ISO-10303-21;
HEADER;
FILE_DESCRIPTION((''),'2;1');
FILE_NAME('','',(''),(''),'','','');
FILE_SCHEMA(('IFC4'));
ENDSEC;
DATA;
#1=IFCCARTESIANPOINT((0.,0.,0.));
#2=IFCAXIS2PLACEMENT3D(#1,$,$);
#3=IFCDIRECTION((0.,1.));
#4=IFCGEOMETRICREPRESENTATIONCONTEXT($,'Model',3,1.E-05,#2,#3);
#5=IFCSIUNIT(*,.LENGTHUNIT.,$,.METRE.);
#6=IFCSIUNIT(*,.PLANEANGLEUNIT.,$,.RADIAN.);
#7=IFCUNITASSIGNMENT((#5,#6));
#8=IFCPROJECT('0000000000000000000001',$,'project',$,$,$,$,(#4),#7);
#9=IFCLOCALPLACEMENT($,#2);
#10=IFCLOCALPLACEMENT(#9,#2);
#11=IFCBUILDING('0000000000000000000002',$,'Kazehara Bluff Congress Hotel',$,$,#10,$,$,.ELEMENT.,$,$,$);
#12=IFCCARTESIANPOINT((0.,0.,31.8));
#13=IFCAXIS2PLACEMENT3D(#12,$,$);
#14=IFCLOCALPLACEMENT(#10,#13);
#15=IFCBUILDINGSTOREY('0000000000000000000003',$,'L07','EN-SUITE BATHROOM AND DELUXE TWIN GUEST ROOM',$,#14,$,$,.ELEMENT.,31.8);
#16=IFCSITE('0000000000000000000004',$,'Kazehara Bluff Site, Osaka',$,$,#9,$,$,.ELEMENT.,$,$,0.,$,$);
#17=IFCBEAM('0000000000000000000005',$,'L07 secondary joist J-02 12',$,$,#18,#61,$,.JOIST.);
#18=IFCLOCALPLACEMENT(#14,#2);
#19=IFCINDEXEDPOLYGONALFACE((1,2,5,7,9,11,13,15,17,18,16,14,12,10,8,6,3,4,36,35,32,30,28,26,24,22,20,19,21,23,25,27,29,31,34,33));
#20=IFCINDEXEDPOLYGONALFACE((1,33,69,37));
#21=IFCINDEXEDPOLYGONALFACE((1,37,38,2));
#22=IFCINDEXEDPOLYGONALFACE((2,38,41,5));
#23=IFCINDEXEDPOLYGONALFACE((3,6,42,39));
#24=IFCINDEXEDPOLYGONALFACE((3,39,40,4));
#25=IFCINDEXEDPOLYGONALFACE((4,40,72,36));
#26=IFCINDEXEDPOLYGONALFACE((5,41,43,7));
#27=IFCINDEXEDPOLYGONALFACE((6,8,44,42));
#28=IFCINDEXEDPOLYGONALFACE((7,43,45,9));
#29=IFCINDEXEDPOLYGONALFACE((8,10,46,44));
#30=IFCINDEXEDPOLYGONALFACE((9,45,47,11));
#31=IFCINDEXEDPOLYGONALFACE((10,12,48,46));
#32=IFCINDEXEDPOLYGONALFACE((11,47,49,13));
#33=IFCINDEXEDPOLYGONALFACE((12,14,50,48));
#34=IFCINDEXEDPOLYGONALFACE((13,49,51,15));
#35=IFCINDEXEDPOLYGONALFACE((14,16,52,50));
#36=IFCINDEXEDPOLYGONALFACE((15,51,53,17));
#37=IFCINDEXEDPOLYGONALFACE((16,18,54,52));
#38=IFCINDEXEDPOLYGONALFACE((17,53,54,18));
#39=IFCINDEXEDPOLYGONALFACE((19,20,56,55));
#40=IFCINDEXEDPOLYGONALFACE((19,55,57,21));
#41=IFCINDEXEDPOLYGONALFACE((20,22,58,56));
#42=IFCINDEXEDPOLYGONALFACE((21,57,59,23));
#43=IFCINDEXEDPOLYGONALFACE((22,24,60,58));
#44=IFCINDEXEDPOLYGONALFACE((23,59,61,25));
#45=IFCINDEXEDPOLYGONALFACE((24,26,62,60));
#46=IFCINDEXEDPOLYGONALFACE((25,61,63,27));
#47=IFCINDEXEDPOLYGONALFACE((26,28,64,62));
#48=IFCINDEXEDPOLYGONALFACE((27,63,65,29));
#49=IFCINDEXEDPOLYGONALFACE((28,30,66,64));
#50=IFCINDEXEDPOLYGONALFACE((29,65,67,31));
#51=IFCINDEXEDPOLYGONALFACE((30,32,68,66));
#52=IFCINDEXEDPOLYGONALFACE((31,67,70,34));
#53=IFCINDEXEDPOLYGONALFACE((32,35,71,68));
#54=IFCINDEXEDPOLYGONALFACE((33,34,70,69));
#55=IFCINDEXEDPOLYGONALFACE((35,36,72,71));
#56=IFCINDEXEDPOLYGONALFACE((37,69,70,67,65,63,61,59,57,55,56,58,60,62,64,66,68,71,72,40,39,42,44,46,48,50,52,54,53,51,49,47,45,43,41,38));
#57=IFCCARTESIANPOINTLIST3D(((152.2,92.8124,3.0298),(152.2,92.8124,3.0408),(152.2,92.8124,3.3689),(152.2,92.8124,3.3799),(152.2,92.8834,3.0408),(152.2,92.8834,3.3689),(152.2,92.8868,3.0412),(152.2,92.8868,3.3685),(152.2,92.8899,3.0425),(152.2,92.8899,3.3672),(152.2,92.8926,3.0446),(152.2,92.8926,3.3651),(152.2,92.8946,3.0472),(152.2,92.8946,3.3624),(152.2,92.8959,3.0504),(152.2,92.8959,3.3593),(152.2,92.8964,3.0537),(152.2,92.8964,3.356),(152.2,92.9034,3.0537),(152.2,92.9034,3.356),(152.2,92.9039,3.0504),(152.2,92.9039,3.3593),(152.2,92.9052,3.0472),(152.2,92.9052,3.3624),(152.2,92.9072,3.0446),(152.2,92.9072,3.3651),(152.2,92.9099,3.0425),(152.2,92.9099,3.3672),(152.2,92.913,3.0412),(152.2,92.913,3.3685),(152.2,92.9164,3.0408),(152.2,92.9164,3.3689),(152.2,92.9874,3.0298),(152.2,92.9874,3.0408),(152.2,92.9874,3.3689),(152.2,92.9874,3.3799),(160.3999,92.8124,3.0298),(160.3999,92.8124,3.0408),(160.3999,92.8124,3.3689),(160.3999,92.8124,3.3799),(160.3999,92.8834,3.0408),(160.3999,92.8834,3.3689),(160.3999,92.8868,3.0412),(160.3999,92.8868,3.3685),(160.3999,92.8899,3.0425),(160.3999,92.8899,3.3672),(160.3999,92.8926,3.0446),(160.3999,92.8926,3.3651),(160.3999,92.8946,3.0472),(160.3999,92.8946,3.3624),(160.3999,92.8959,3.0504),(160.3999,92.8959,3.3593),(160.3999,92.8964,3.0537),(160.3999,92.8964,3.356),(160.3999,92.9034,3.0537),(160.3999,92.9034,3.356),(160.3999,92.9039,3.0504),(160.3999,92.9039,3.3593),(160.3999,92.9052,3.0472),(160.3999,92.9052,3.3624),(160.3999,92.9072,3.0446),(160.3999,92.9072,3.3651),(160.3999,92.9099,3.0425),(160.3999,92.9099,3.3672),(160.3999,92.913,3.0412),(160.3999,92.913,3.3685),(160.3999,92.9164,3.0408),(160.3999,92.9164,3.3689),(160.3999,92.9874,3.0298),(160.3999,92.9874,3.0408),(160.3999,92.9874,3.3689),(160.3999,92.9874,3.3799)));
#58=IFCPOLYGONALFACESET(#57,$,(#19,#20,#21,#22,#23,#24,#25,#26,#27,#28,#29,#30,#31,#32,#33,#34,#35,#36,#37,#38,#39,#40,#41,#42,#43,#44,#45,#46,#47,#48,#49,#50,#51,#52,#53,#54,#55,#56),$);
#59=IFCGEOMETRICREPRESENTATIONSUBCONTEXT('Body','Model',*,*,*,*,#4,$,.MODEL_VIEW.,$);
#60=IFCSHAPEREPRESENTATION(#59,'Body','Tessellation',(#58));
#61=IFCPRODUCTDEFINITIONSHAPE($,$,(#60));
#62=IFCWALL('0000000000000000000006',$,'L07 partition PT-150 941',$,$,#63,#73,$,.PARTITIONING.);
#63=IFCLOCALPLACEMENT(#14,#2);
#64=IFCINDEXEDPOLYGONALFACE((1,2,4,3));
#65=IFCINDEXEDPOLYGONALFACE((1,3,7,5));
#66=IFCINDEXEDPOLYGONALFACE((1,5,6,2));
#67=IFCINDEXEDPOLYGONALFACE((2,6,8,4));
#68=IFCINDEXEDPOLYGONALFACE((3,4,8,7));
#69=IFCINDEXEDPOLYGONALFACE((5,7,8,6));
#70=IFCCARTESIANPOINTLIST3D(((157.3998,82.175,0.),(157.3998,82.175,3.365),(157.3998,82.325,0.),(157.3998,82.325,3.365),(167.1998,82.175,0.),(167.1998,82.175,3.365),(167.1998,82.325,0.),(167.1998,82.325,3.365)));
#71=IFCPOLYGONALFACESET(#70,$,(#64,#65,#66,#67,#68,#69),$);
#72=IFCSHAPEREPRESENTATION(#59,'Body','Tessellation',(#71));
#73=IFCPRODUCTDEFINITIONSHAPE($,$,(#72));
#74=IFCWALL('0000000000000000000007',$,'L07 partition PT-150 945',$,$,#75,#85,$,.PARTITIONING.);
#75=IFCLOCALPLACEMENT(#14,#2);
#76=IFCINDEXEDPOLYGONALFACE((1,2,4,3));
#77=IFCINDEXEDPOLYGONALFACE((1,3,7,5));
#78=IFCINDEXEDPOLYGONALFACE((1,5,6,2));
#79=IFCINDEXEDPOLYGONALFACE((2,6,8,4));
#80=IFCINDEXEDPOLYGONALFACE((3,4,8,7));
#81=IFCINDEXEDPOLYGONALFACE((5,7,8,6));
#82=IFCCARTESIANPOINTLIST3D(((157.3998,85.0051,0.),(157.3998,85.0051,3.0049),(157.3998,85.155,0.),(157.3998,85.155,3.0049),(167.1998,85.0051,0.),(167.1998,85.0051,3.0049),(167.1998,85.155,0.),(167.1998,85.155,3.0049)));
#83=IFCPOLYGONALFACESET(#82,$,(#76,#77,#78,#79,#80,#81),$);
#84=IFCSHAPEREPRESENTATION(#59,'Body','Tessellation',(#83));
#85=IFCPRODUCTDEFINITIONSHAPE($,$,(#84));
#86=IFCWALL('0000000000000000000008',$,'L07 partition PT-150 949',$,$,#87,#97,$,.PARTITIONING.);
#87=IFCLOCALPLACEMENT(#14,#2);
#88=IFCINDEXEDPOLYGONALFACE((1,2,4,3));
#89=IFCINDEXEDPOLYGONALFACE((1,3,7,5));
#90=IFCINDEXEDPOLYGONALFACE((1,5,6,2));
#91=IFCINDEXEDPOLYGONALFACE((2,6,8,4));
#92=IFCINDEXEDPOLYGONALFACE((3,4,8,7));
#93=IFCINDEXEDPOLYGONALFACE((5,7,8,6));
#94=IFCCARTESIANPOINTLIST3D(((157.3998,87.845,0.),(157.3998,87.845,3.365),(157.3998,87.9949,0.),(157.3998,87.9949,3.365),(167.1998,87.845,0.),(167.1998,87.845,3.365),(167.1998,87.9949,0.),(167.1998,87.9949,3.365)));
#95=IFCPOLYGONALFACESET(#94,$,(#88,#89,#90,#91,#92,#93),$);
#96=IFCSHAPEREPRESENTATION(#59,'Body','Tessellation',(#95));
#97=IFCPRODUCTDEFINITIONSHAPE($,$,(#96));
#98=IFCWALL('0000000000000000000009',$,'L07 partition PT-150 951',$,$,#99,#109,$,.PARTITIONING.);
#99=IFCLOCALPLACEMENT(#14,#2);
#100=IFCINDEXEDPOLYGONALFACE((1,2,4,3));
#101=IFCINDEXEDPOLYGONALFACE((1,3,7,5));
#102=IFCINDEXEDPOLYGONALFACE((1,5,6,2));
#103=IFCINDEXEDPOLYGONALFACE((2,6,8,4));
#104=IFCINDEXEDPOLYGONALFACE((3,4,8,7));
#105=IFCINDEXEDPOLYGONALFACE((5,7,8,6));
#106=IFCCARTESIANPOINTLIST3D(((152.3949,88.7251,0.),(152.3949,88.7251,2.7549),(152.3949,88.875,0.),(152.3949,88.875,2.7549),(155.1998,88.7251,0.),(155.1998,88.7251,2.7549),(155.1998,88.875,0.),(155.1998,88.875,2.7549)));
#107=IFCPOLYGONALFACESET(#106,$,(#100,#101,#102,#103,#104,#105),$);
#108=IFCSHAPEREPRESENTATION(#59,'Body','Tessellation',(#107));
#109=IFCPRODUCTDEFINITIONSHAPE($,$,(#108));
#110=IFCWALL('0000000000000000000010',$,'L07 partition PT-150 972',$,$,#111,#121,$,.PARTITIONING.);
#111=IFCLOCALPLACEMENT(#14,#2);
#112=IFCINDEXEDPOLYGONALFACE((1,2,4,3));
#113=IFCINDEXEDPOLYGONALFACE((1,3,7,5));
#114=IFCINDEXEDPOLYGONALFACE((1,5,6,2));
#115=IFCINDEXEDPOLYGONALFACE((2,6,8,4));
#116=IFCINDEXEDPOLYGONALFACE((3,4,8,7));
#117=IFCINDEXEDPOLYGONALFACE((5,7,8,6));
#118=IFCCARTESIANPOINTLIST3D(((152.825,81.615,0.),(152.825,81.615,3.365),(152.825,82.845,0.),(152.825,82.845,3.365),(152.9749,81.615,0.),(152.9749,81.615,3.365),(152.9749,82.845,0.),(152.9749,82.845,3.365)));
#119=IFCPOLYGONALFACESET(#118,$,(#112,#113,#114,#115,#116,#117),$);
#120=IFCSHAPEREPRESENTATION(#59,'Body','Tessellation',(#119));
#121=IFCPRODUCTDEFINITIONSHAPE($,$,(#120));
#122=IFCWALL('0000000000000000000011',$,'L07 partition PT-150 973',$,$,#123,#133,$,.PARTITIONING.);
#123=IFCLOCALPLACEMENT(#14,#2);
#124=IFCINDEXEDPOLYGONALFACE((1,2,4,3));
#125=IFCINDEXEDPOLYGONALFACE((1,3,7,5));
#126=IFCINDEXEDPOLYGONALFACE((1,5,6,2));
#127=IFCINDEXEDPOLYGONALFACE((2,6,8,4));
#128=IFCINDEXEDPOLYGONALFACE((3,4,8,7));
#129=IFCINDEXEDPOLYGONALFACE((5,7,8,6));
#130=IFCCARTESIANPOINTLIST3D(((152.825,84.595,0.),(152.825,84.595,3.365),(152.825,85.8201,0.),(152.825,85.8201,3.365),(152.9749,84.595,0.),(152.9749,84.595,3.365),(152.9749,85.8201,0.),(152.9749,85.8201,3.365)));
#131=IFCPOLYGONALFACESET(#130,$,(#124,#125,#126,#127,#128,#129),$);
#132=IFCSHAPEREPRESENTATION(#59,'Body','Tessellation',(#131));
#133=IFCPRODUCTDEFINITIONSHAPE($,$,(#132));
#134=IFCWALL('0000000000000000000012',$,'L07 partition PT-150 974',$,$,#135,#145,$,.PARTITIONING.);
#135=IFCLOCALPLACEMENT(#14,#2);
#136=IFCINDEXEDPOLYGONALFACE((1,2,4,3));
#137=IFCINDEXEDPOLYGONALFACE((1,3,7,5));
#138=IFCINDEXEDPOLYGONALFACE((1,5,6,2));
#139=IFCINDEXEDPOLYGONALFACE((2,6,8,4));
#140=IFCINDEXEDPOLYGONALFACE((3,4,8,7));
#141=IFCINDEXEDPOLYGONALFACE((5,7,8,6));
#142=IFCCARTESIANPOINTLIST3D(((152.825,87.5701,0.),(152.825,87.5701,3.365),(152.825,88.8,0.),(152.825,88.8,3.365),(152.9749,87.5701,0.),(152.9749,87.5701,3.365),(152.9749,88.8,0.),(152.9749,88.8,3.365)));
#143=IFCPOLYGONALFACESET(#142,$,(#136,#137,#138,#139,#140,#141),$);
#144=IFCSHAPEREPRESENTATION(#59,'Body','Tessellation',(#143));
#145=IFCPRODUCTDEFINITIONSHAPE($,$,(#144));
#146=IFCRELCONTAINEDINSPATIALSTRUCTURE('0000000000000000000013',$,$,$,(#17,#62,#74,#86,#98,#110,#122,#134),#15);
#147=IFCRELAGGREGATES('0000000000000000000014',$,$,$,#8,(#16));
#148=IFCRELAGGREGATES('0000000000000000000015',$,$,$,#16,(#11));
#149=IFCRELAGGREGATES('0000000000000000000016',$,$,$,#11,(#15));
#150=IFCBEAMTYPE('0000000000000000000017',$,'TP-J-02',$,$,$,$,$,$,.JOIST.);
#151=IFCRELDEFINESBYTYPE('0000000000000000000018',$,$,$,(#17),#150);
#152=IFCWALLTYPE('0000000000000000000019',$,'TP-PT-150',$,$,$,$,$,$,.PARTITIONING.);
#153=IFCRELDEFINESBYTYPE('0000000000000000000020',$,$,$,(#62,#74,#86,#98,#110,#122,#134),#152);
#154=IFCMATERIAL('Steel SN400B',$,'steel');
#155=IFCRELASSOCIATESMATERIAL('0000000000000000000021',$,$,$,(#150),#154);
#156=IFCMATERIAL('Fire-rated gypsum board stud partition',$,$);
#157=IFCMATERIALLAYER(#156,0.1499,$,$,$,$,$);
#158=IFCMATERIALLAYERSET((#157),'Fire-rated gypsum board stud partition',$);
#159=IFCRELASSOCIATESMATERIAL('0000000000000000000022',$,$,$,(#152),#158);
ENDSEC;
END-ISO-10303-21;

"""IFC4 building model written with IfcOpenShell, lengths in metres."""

from ifc_helpers import new_model, si_unit, direction, frame, frame_2d, origin, origin_2d, place, context, subcontext, project, spatial, rectangle, i_section, extrude, material, layer, layer_set, material_profile, profile_set, type_object, element, save


model = new_model("IFC4")

# Units and contexts
model_context = context("Model", 3, precision=1e-05, world=origin(), true_north=direction((0.0, 1.0)))
body_context = subcontext(model_context, "Body", "Model", "MODEL_VIEW")
ifc_project = project(units=[si_unit("LENGTHUNIT", "METRE"), si_unit("PLANEANGLEUNIT", "RADIAN")], contexts=[model_context])

# Site, building, storey
site_placement = place(None, origin())
site = spatial("IfcSite", under=ifc_project, at=site_placement, Name="Kazehara Bluff Site, Osaka", CompositionType="ELEMENT", RefElevation=0.0)
building_placement = place(site_placement, origin())
building = spatial("IfcBuilding", under=site, at=building_placement, Name="Kazehara Bluff Congress Hotel", CompositionType="ELEMENT")
storey_placement = place(building_placement, frame((0.0, 0.0, 31.8)))
storey = spatial("IfcBuildingStorey", under=building, at=storey_placement, Name="L07", Description="EN-SUITE BATHROOM AND DELUXE TWIN GUEST ROOM", CompositionType="ELEMENT", Elevation=31.8)

# Beam
ifc_material_1 = material(Name="Steel SN400B", Category="steel")
ifc_material_profile_1 = material_profile(ifc_material_1, i_section(OverallWidth=0.175, OverallDepth=0.3501, WebThickness=0.0071, FlangeThickness=0.011, FilletRadius=0.0129, at=origin_2d()))
ifc_profile_set_1 = profile_set([ifc_material_profile_1], Name="Steel SN400B")
beam_type_1 = type_object("IfcBeamType", Name="TP-J-02", PredefinedType="JOIST", material=ifc_profile_set_1)
for number, where, z_axis, x_axis, name in (
    (1, (152.2, 92.8999, 3.2048), (1.0, 0.0, 0.0), (0.0, 1.0, 0.0), "L07 secondary joist J-02 12"),
):
    element("IfcBeam", number, at=place(storey_placement, frame(where, z_axis=z_axis, x_axis=x_axis)), inside=storey, type_object=beam_type_1, Name=name, PredefinedType="JOIST", context=body_context, shape_type="SweptSolid", body=[
        extrude(i_section(OverallWidth=0.175, OverallDepth=0.3501, WebThickness=0.0071, FlangeThickness=0.011, FilletRadius=0.0129, at=origin_2d()), origin(), (0.0, 0.0, 1.0), 8.2),
    ])

# Shared definitions
ifc_material_2 = material(Name="Fire-rated gypsum board stud partition")
ifc_layer = layer(ifc_material_2, 0.1499)
ifc_layer_set = layer_set([ifc_layer], Name="Fire-rated gypsum board stud partition")
wall_type = type_object("IfcWallType", Name="TP-PT-150", PredefinedType="PARTITIONING", material=ifc_layer_set)

# Wall
wall_1_placement = place(storey_placement, frame((157.3999, 82.25, 0.0), z_axis=(0.0, 0.0, 1.0), x_axis=(1.0, 0.0, 0.0)))
element("IfcWall", 2, at=wall_1_placement, inside=storey, type_object=wall_type, Name="L07 partition PT-150 941", PredefinedType="PARTITIONING", context=body_context, shape_type="SweptSolid", body=[
    extrude(rectangle(XDim=9.8, YDim=0.1499, at=frame_2d((4.8999, 0.0))), origin(), (0.0, 0.0, 1.0), 3.365),
])

# Wall
wall_2_placement = place(storey_placement, frame((157.3999, 85.0801, 0.0), z_axis=(0.0, 0.0, 1.0), x_axis=(1.0, 0.0, 0.0)))
element("IfcWall", 3, at=wall_2_placement, inside=storey, type_object=wall_type, Name="L07 partition PT-150 945", PredefinedType="PARTITIONING", context=body_context, shape_type="SweptSolid", body=[
    extrude(rectangle(XDim=9.8, YDim=0.1499, at=frame_2d((4.8999, 0.0))), origin(), (0.0, 0.0, 1.0), 3.0049),
])

# Walls
wall_3_placement = place(storey_placement, frame((157.3999, 87.9199, 0.0), z_axis=(0.0, 0.0, 1.0), x_axis=(1.0, 0.0, 0.0)))
element("IfcWall", 4, at=wall_3_placement, inside=storey, type_object=wall_type, Name="L07 partition PT-150 949", PredefinedType="PARTITIONING", context=body_context, shape_type="SweptSolid", body=[
    extrude(rectangle(XDim=9.8, YDim=0.1499, at=frame_2d((4.8999, 0.0))), origin(), (0.0, 0.0, 1.0), 3.365),
])
wall_4_placement = place(storey_placement, frame((152.395, 88.8, 0.0), z_axis=(0.0, 0.0, 1.0), x_axis=(1.0, 0.0, 0.0)))
element("IfcWall", 5, at=wall_4_placement, inside=storey, type_object=wall_type, Name="L07 partition PT-150 951", PredefinedType="PARTITIONING", context=body_context, shape_type="SweptSolid", body=[
    extrude(rectangle(XDim=2.8049, YDim=0.1499, at=frame_2d((1.4023, 0.0))), origin(), (0.0, 0.0, 1.0), 2.7549),
])

# Walls
wall_5_placement = place(storey_placement, frame((152.8999, 81.615, 0.0), z_axis=(0.0, 0.0, 1.0), x_axis=(0.0, 1.0, 0.0)))
element("IfcWall", 6, at=wall_5_placement, inside=storey, type_object=wall_type, Name="L07 partition PT-150 972", PredefinedType="PARTITIONING", context=body_context, shape_type="SweptSolid", body=[
    extrude(rectangle(XDim=1.23, YDim=0.1499, at=frame_2d((0.615, 0.0))), origin(), (0.0, 0.0, 1.0), 3.365),
])
wall_6_placement = place(storey_placement, frame((152.8999, 84.595, 0.0), z_axis=(0.0, 0.0, 1.0), x_axis=(0.0, 1.0, 0.0)))
element("IfcWall", 7, at=wall_6_placement, inside=storey, type_object=wall_type, Name="L07 partition PT-150 973", PredefinedType="PARTITIONING", context=body_context, shape_type="SweptSolid", body=[
    extrude(rectangle(XDim=1.2251, YDim=0.1499, at=frame_2d((0.6125, 0.0))), origin(), (0.0, 0.0, 1.0), 3.365),
])
wall_7_placement = place(storey_placement, frame((152.8999, 87.5701, 0.0), z_axis=(0.0, 0.0, 1.0), x_axis=(0.0, 1.0, 0.0)))
element("IfcWall", 8, at=wall_7_placement, inside=storey, type_object=wall_type, Name="L07 partition PT-150 974", PredefinedType="PARTITIONING", context=body_context, shape_type="SweptSolid", body=[
    extrude(rectangle(XDim=1.23, YDim=0.1499, at=frame_2d((0.615, 0.0))), origin(), (0.0, 0.0, 1.0), 3.365),
])

save(model, "model.ifc")
